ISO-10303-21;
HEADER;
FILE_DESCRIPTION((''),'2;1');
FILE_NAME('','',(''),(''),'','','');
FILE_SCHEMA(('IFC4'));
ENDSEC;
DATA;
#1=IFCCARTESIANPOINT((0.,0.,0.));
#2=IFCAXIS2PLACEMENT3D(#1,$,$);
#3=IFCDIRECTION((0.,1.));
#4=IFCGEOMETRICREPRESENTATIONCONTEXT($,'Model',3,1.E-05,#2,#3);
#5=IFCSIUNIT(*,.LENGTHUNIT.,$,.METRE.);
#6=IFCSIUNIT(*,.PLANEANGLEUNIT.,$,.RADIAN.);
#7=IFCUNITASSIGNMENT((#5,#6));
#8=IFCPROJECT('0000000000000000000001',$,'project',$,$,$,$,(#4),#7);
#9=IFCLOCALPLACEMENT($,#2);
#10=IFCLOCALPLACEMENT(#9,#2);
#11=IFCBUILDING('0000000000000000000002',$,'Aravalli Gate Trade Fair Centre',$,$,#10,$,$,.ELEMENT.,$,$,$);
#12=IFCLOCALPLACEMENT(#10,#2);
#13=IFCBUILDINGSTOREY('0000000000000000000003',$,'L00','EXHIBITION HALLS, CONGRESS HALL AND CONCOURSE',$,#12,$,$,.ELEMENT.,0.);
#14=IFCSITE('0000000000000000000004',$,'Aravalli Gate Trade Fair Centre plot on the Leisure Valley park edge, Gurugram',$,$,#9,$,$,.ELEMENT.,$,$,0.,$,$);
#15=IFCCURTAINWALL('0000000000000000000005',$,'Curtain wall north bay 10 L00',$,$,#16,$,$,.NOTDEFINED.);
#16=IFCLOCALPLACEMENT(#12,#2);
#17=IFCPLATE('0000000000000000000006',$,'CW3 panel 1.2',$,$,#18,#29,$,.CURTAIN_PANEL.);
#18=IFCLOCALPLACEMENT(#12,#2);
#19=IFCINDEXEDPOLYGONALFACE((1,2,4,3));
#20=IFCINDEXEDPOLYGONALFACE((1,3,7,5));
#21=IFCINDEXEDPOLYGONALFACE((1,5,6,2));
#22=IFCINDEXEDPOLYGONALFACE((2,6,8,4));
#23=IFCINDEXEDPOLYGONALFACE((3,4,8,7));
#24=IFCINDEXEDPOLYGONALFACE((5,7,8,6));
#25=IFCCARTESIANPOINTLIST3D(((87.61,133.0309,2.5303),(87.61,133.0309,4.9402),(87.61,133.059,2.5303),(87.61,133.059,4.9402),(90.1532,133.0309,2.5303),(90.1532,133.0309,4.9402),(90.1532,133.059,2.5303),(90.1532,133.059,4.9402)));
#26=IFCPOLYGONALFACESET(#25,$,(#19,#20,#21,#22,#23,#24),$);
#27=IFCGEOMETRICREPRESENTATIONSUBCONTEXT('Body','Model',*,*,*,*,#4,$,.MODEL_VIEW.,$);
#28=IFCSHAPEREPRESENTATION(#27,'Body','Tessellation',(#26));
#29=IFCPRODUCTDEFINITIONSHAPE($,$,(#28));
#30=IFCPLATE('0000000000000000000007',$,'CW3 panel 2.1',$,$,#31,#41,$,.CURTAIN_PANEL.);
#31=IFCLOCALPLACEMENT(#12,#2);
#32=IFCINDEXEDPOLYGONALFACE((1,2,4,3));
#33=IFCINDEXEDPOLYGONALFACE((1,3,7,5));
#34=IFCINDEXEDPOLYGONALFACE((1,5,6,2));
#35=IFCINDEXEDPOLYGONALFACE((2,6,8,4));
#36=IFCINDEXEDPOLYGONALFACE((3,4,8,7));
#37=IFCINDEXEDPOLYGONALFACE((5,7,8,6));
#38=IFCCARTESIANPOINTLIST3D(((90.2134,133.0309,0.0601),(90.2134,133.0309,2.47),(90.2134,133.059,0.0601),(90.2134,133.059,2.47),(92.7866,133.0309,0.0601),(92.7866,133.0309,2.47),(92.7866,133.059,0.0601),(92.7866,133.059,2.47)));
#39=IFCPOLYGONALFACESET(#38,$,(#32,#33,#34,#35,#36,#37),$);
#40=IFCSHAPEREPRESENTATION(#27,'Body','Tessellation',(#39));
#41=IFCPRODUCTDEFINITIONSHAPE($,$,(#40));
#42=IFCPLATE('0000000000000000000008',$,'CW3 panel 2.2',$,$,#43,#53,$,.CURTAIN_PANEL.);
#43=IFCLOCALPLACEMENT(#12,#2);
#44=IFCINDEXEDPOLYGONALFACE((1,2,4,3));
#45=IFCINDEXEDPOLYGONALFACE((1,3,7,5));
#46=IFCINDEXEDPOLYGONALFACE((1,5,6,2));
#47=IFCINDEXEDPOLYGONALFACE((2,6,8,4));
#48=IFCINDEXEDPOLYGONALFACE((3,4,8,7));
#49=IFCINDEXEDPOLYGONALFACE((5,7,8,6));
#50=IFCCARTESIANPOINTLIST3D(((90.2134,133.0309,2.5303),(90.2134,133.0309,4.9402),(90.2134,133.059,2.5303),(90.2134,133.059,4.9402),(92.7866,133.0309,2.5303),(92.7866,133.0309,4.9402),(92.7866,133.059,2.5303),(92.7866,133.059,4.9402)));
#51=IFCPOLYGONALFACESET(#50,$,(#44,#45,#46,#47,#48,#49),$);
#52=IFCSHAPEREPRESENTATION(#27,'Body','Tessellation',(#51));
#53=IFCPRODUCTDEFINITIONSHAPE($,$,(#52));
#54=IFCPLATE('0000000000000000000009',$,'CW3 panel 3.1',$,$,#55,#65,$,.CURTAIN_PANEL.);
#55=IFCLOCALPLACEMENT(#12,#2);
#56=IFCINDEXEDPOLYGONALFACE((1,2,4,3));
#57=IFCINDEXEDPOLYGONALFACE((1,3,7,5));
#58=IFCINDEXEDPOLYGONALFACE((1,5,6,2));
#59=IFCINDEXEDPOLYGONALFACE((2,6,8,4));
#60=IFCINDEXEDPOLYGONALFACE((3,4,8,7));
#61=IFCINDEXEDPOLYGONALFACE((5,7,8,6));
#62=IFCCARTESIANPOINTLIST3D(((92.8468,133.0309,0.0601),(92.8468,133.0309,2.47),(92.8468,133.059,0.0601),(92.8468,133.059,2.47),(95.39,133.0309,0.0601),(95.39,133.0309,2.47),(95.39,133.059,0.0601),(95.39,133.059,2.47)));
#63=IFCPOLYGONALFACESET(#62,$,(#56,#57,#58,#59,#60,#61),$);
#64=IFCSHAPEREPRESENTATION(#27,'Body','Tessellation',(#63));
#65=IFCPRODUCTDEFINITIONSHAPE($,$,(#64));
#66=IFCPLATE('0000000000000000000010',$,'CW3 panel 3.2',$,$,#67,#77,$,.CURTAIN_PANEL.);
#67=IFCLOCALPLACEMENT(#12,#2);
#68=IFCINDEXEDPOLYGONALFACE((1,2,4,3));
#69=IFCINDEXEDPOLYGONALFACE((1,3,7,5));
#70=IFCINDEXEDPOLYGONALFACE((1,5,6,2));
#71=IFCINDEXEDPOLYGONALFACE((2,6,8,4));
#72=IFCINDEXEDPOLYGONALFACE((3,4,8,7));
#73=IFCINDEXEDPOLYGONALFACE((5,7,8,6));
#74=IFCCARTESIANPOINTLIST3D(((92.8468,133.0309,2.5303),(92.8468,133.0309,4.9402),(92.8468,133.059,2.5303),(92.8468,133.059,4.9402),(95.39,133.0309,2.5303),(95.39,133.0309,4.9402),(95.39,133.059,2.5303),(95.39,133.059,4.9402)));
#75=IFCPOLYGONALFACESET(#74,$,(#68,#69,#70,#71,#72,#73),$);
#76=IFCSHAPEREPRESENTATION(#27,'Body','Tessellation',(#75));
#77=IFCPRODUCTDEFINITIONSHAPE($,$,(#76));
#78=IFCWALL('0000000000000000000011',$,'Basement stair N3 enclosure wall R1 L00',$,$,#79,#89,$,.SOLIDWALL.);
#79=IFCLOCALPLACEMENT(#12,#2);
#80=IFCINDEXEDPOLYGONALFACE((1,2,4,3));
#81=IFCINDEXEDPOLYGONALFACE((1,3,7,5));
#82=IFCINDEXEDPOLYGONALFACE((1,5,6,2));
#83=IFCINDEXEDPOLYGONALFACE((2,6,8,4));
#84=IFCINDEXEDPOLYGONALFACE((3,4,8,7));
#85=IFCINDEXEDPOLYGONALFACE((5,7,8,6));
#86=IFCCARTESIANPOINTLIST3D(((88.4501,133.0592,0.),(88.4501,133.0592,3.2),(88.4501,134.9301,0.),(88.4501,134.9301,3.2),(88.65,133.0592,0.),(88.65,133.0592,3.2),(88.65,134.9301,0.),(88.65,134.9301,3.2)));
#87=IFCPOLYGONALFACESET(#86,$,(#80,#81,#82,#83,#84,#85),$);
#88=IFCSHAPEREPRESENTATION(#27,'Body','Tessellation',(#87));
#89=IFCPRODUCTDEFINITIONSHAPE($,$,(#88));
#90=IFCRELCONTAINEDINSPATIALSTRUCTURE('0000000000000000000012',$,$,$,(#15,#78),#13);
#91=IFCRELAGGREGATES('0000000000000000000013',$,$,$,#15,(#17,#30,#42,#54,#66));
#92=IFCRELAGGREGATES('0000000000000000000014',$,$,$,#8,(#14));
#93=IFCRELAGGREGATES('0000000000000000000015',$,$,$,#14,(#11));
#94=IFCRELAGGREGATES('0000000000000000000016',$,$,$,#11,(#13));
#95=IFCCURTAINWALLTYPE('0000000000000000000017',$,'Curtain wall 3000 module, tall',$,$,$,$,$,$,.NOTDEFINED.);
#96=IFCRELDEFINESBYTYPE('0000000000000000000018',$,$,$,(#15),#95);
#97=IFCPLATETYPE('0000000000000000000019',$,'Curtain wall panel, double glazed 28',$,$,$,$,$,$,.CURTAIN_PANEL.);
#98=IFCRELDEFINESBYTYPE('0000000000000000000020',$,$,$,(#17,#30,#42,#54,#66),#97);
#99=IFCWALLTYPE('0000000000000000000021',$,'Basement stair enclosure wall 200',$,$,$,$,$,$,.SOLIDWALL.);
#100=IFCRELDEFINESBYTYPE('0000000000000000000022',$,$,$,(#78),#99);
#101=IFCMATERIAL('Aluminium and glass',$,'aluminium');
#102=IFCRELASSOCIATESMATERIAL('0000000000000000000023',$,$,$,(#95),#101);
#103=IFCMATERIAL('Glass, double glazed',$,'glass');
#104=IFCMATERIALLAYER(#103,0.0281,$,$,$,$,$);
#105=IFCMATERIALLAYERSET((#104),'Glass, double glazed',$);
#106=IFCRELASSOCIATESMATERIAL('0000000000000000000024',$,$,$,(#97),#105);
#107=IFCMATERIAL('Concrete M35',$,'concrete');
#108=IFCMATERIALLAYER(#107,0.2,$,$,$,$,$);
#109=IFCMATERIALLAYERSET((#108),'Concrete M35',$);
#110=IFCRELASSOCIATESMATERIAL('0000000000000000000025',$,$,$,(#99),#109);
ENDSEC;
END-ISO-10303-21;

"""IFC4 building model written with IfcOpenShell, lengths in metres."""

from ifc_helpers import new_model, si_unit, direction, frame, frame_2d, origin, origin_2d, place, context, subcontext, project, spatial, rectangle, extrude, material, layer, layer_set, type_object, element, aggregate, save


model = new_model("IFC4")

# Units and contexts
model_context = context("Model", 3, precision=1e-05, world=origin(), true_north=direction((0.0, 1.0)))
body_context = subcontext(model_context, "Body", "Model", "MODEL_VIEW")
ifc_project = project(units=[si_unit("LENGTHUNIT", "METRE"), si_unit("PLANEANGLEUNIT", "RADIAN")], contexts=[model_context])

# Site, building, storey
site_placement = place(None, origin())
site = spatial("IfcSite", under=ifc_project, at=site_placement, Name="Aravalli Gate Trade Fair Centre plot on the Leisure Valley park edge, Gurugram", CompositionType="ELEMENT", RefElevation=0.0)
building_placement = place(site_placement, origin())
building = spatial("IfcBuilding", under=site, at=building_placement, Name="Aravalli Gate Trade Fair Centre", CompositionType="ELEMENT")
storey_placement = place(building_placement, origin())
storey = spatial("IfcBuildingStorey", under=building, at=storey_placement, Name="L00", Description="EXHIBITION HALLS, CONGRESS HALL AND CONCOURSE", CompositionType="ELEMENT", Elevation=0.0)

# Curtain wall, plates
ifc_material_1 = material(Name="Aluminium and glass", Category="aluminium")
curtain_wall_type = type_object("IfcCurtainWallType", Name="Curtain wall 3000 module, tall", PredefinedType="NOTDEFINED", material=ifc_material_1)
curtain_wall_placement = place(storey_placement, origin())
curtain_wall = element("IfcCurtainWall", 1, at=curtain_wall_placement, inside=storey, type_object=curtain_wall_type, Name="Curtain wall north bay 10 L00", PredefinedType="NOTDEFINED")
ifc_material_2 = material(Name="Glass, double glazed", Category="glass")
ifc_layer_1 = layer(ifc_material_2, 0.0281)
ifc_layer_set_1 = layer_set([ifc_layer_1], Name="Glass, double glazed")
plate_type = type_object("IfcPlateType", Name="Curtain wall panel, double glazed 28", PredefinedType="CURTAIN_PANEL", material=ifc_layer_set_1)
plate_1_placement = place(storey_placement, frame((88.8816, 133.0449, 2.5303), z_axis=(0.0, 0.0, 1.0), x_axis=(1.0, 0.0, 0.0)))
plate_1 = element("IfcPlate", 2, at=plate_1_placement, type_object=plate_type, Name="CW3 panel 1.2", PredefinedType="CURTAIN_PANEL", context=body_context, shape_type="SweptSolid", body=[
    extrude(rectangle(XDim=2.5432, YDim=0.0281, at=origin_2d()), origin(), (0.0, 0.0, 1.0), 2.4099),
])
plate_2_placement = place(storey_placement, frame((91.5, 133.0449, 0.0601), z_axis=(0.0, 0.0, 1.0), x_axis=(1.0, 0.0, 0.0)))
plate_2 = element("IfcPlate", 3, at=plate_2_placement, type_object=plate_type, Name="CW3 panel 2.1", PredefinedType="CURTAIN_PANEL", context=body_context, shape_type="SweptSolid", body=[
    extrude(rectangle(XDim=2.5732, YDim=0.0281, at=origin_2d()), origin(), (0.0, 0.0, 1.0), 2.4099),
])
plate_3_placement = place(storey_placement, frame((91.5, 133.0449, 2.5303), z_axis=(0.0, 0.0, 1.0), x_axis=(1.0, 0.0, 0.0)))
plate_3 = element("IfcPlate", 4, at=plate_3_placement, type_object=plate_type, Name="CW3 panel 2.2", PredefinedType="CURTAIN_PANEL", context=body_context, shape_type="SweptSolid", body=[
    extrude(rectangle(XDim=2.5732, YDim=0.0281, at=origin_2d()), origin(), (0.0, 0.0, 1.0), 2.4099),
])
plate_4_placement = place(storey_placement, frame((94.1184, 133.0449, 0.0601), z_axis=(0.0, 0.0, 1.0), x_axis=(1.0, 0.0, 0.0)))
plate_4 = element("IfcPlate", 5, at=plate_4_placement, type_object=plate_type, Name="CW3 panel 3.1", PredefinedType="CURTAIN_PANEL", context=body_context, shape_type="SweptSolid", body=[
    extrude(rectangle(XDim=2.5432, YDim=0.0281, at=origin_2d()), origin(), (0.0, 0.0, 1.0), 2.4099),
])
plate_5_placement = place(storey_placement, frame((94.1184, 133.0449, 2.5303), z_axis=(0.0, 0.0, 1.0), x_axis=(1.0, 0.0, 0.0)))
plate_5 = element("IfcPlate", 6, at=plate_5_placement, type_object=plate_type, Name="CW3 panel 3.2", PredefinedType="CURTAIN_PANEL", context=body_context, shape_type="SweptSolid", body=[
    extrude(rectangle(XDim=2.5432, YDim=0.0281, at=origin_2d()), origin(), (0.0, 0.0, 1.0), 2.4099),
])
aggregate(curtain_wall, [plate_1, plate_2, plate_3, plate_4, plate_5])

# Wall
ifc_material_3 = material(Name="Concrete M35", Category="concrete")
ifc_layer_2 = layer(ifc_material_3, 0.2)
ifc_layer_set_2 = layer_set([ifc_layer_2], Name="Concrete M35")
wall_type = type_object("IfcWallType", Name="Basement stair enclosure wall 200", PredefinedType="SOLIDWALL", material=ifc_layer_set_2)
wall_placement = place(storey_placement, frame((88.55, 133.0591, 0.0), z_axis=(0.0, 0.0, 1.0), x_axis=(0.0, 1.0, 0.0)))
element("IfcWall", 7, at=wall_placement, inside=storey, type_object=wall_type, Name="Basement stair N3 enclosure wall R1 L00", PredefinedType="SOLIDWALL", context=body_context, shape_type="SweptSolid", body=[
    extrude(rectangle(XDim=1.8708, YDim=0.2, at=frame_2d((0.9355, 0.0))), origin(), (0.0, 0.0, 1.0), 3.2),
])

save(model, "model.ifc")
